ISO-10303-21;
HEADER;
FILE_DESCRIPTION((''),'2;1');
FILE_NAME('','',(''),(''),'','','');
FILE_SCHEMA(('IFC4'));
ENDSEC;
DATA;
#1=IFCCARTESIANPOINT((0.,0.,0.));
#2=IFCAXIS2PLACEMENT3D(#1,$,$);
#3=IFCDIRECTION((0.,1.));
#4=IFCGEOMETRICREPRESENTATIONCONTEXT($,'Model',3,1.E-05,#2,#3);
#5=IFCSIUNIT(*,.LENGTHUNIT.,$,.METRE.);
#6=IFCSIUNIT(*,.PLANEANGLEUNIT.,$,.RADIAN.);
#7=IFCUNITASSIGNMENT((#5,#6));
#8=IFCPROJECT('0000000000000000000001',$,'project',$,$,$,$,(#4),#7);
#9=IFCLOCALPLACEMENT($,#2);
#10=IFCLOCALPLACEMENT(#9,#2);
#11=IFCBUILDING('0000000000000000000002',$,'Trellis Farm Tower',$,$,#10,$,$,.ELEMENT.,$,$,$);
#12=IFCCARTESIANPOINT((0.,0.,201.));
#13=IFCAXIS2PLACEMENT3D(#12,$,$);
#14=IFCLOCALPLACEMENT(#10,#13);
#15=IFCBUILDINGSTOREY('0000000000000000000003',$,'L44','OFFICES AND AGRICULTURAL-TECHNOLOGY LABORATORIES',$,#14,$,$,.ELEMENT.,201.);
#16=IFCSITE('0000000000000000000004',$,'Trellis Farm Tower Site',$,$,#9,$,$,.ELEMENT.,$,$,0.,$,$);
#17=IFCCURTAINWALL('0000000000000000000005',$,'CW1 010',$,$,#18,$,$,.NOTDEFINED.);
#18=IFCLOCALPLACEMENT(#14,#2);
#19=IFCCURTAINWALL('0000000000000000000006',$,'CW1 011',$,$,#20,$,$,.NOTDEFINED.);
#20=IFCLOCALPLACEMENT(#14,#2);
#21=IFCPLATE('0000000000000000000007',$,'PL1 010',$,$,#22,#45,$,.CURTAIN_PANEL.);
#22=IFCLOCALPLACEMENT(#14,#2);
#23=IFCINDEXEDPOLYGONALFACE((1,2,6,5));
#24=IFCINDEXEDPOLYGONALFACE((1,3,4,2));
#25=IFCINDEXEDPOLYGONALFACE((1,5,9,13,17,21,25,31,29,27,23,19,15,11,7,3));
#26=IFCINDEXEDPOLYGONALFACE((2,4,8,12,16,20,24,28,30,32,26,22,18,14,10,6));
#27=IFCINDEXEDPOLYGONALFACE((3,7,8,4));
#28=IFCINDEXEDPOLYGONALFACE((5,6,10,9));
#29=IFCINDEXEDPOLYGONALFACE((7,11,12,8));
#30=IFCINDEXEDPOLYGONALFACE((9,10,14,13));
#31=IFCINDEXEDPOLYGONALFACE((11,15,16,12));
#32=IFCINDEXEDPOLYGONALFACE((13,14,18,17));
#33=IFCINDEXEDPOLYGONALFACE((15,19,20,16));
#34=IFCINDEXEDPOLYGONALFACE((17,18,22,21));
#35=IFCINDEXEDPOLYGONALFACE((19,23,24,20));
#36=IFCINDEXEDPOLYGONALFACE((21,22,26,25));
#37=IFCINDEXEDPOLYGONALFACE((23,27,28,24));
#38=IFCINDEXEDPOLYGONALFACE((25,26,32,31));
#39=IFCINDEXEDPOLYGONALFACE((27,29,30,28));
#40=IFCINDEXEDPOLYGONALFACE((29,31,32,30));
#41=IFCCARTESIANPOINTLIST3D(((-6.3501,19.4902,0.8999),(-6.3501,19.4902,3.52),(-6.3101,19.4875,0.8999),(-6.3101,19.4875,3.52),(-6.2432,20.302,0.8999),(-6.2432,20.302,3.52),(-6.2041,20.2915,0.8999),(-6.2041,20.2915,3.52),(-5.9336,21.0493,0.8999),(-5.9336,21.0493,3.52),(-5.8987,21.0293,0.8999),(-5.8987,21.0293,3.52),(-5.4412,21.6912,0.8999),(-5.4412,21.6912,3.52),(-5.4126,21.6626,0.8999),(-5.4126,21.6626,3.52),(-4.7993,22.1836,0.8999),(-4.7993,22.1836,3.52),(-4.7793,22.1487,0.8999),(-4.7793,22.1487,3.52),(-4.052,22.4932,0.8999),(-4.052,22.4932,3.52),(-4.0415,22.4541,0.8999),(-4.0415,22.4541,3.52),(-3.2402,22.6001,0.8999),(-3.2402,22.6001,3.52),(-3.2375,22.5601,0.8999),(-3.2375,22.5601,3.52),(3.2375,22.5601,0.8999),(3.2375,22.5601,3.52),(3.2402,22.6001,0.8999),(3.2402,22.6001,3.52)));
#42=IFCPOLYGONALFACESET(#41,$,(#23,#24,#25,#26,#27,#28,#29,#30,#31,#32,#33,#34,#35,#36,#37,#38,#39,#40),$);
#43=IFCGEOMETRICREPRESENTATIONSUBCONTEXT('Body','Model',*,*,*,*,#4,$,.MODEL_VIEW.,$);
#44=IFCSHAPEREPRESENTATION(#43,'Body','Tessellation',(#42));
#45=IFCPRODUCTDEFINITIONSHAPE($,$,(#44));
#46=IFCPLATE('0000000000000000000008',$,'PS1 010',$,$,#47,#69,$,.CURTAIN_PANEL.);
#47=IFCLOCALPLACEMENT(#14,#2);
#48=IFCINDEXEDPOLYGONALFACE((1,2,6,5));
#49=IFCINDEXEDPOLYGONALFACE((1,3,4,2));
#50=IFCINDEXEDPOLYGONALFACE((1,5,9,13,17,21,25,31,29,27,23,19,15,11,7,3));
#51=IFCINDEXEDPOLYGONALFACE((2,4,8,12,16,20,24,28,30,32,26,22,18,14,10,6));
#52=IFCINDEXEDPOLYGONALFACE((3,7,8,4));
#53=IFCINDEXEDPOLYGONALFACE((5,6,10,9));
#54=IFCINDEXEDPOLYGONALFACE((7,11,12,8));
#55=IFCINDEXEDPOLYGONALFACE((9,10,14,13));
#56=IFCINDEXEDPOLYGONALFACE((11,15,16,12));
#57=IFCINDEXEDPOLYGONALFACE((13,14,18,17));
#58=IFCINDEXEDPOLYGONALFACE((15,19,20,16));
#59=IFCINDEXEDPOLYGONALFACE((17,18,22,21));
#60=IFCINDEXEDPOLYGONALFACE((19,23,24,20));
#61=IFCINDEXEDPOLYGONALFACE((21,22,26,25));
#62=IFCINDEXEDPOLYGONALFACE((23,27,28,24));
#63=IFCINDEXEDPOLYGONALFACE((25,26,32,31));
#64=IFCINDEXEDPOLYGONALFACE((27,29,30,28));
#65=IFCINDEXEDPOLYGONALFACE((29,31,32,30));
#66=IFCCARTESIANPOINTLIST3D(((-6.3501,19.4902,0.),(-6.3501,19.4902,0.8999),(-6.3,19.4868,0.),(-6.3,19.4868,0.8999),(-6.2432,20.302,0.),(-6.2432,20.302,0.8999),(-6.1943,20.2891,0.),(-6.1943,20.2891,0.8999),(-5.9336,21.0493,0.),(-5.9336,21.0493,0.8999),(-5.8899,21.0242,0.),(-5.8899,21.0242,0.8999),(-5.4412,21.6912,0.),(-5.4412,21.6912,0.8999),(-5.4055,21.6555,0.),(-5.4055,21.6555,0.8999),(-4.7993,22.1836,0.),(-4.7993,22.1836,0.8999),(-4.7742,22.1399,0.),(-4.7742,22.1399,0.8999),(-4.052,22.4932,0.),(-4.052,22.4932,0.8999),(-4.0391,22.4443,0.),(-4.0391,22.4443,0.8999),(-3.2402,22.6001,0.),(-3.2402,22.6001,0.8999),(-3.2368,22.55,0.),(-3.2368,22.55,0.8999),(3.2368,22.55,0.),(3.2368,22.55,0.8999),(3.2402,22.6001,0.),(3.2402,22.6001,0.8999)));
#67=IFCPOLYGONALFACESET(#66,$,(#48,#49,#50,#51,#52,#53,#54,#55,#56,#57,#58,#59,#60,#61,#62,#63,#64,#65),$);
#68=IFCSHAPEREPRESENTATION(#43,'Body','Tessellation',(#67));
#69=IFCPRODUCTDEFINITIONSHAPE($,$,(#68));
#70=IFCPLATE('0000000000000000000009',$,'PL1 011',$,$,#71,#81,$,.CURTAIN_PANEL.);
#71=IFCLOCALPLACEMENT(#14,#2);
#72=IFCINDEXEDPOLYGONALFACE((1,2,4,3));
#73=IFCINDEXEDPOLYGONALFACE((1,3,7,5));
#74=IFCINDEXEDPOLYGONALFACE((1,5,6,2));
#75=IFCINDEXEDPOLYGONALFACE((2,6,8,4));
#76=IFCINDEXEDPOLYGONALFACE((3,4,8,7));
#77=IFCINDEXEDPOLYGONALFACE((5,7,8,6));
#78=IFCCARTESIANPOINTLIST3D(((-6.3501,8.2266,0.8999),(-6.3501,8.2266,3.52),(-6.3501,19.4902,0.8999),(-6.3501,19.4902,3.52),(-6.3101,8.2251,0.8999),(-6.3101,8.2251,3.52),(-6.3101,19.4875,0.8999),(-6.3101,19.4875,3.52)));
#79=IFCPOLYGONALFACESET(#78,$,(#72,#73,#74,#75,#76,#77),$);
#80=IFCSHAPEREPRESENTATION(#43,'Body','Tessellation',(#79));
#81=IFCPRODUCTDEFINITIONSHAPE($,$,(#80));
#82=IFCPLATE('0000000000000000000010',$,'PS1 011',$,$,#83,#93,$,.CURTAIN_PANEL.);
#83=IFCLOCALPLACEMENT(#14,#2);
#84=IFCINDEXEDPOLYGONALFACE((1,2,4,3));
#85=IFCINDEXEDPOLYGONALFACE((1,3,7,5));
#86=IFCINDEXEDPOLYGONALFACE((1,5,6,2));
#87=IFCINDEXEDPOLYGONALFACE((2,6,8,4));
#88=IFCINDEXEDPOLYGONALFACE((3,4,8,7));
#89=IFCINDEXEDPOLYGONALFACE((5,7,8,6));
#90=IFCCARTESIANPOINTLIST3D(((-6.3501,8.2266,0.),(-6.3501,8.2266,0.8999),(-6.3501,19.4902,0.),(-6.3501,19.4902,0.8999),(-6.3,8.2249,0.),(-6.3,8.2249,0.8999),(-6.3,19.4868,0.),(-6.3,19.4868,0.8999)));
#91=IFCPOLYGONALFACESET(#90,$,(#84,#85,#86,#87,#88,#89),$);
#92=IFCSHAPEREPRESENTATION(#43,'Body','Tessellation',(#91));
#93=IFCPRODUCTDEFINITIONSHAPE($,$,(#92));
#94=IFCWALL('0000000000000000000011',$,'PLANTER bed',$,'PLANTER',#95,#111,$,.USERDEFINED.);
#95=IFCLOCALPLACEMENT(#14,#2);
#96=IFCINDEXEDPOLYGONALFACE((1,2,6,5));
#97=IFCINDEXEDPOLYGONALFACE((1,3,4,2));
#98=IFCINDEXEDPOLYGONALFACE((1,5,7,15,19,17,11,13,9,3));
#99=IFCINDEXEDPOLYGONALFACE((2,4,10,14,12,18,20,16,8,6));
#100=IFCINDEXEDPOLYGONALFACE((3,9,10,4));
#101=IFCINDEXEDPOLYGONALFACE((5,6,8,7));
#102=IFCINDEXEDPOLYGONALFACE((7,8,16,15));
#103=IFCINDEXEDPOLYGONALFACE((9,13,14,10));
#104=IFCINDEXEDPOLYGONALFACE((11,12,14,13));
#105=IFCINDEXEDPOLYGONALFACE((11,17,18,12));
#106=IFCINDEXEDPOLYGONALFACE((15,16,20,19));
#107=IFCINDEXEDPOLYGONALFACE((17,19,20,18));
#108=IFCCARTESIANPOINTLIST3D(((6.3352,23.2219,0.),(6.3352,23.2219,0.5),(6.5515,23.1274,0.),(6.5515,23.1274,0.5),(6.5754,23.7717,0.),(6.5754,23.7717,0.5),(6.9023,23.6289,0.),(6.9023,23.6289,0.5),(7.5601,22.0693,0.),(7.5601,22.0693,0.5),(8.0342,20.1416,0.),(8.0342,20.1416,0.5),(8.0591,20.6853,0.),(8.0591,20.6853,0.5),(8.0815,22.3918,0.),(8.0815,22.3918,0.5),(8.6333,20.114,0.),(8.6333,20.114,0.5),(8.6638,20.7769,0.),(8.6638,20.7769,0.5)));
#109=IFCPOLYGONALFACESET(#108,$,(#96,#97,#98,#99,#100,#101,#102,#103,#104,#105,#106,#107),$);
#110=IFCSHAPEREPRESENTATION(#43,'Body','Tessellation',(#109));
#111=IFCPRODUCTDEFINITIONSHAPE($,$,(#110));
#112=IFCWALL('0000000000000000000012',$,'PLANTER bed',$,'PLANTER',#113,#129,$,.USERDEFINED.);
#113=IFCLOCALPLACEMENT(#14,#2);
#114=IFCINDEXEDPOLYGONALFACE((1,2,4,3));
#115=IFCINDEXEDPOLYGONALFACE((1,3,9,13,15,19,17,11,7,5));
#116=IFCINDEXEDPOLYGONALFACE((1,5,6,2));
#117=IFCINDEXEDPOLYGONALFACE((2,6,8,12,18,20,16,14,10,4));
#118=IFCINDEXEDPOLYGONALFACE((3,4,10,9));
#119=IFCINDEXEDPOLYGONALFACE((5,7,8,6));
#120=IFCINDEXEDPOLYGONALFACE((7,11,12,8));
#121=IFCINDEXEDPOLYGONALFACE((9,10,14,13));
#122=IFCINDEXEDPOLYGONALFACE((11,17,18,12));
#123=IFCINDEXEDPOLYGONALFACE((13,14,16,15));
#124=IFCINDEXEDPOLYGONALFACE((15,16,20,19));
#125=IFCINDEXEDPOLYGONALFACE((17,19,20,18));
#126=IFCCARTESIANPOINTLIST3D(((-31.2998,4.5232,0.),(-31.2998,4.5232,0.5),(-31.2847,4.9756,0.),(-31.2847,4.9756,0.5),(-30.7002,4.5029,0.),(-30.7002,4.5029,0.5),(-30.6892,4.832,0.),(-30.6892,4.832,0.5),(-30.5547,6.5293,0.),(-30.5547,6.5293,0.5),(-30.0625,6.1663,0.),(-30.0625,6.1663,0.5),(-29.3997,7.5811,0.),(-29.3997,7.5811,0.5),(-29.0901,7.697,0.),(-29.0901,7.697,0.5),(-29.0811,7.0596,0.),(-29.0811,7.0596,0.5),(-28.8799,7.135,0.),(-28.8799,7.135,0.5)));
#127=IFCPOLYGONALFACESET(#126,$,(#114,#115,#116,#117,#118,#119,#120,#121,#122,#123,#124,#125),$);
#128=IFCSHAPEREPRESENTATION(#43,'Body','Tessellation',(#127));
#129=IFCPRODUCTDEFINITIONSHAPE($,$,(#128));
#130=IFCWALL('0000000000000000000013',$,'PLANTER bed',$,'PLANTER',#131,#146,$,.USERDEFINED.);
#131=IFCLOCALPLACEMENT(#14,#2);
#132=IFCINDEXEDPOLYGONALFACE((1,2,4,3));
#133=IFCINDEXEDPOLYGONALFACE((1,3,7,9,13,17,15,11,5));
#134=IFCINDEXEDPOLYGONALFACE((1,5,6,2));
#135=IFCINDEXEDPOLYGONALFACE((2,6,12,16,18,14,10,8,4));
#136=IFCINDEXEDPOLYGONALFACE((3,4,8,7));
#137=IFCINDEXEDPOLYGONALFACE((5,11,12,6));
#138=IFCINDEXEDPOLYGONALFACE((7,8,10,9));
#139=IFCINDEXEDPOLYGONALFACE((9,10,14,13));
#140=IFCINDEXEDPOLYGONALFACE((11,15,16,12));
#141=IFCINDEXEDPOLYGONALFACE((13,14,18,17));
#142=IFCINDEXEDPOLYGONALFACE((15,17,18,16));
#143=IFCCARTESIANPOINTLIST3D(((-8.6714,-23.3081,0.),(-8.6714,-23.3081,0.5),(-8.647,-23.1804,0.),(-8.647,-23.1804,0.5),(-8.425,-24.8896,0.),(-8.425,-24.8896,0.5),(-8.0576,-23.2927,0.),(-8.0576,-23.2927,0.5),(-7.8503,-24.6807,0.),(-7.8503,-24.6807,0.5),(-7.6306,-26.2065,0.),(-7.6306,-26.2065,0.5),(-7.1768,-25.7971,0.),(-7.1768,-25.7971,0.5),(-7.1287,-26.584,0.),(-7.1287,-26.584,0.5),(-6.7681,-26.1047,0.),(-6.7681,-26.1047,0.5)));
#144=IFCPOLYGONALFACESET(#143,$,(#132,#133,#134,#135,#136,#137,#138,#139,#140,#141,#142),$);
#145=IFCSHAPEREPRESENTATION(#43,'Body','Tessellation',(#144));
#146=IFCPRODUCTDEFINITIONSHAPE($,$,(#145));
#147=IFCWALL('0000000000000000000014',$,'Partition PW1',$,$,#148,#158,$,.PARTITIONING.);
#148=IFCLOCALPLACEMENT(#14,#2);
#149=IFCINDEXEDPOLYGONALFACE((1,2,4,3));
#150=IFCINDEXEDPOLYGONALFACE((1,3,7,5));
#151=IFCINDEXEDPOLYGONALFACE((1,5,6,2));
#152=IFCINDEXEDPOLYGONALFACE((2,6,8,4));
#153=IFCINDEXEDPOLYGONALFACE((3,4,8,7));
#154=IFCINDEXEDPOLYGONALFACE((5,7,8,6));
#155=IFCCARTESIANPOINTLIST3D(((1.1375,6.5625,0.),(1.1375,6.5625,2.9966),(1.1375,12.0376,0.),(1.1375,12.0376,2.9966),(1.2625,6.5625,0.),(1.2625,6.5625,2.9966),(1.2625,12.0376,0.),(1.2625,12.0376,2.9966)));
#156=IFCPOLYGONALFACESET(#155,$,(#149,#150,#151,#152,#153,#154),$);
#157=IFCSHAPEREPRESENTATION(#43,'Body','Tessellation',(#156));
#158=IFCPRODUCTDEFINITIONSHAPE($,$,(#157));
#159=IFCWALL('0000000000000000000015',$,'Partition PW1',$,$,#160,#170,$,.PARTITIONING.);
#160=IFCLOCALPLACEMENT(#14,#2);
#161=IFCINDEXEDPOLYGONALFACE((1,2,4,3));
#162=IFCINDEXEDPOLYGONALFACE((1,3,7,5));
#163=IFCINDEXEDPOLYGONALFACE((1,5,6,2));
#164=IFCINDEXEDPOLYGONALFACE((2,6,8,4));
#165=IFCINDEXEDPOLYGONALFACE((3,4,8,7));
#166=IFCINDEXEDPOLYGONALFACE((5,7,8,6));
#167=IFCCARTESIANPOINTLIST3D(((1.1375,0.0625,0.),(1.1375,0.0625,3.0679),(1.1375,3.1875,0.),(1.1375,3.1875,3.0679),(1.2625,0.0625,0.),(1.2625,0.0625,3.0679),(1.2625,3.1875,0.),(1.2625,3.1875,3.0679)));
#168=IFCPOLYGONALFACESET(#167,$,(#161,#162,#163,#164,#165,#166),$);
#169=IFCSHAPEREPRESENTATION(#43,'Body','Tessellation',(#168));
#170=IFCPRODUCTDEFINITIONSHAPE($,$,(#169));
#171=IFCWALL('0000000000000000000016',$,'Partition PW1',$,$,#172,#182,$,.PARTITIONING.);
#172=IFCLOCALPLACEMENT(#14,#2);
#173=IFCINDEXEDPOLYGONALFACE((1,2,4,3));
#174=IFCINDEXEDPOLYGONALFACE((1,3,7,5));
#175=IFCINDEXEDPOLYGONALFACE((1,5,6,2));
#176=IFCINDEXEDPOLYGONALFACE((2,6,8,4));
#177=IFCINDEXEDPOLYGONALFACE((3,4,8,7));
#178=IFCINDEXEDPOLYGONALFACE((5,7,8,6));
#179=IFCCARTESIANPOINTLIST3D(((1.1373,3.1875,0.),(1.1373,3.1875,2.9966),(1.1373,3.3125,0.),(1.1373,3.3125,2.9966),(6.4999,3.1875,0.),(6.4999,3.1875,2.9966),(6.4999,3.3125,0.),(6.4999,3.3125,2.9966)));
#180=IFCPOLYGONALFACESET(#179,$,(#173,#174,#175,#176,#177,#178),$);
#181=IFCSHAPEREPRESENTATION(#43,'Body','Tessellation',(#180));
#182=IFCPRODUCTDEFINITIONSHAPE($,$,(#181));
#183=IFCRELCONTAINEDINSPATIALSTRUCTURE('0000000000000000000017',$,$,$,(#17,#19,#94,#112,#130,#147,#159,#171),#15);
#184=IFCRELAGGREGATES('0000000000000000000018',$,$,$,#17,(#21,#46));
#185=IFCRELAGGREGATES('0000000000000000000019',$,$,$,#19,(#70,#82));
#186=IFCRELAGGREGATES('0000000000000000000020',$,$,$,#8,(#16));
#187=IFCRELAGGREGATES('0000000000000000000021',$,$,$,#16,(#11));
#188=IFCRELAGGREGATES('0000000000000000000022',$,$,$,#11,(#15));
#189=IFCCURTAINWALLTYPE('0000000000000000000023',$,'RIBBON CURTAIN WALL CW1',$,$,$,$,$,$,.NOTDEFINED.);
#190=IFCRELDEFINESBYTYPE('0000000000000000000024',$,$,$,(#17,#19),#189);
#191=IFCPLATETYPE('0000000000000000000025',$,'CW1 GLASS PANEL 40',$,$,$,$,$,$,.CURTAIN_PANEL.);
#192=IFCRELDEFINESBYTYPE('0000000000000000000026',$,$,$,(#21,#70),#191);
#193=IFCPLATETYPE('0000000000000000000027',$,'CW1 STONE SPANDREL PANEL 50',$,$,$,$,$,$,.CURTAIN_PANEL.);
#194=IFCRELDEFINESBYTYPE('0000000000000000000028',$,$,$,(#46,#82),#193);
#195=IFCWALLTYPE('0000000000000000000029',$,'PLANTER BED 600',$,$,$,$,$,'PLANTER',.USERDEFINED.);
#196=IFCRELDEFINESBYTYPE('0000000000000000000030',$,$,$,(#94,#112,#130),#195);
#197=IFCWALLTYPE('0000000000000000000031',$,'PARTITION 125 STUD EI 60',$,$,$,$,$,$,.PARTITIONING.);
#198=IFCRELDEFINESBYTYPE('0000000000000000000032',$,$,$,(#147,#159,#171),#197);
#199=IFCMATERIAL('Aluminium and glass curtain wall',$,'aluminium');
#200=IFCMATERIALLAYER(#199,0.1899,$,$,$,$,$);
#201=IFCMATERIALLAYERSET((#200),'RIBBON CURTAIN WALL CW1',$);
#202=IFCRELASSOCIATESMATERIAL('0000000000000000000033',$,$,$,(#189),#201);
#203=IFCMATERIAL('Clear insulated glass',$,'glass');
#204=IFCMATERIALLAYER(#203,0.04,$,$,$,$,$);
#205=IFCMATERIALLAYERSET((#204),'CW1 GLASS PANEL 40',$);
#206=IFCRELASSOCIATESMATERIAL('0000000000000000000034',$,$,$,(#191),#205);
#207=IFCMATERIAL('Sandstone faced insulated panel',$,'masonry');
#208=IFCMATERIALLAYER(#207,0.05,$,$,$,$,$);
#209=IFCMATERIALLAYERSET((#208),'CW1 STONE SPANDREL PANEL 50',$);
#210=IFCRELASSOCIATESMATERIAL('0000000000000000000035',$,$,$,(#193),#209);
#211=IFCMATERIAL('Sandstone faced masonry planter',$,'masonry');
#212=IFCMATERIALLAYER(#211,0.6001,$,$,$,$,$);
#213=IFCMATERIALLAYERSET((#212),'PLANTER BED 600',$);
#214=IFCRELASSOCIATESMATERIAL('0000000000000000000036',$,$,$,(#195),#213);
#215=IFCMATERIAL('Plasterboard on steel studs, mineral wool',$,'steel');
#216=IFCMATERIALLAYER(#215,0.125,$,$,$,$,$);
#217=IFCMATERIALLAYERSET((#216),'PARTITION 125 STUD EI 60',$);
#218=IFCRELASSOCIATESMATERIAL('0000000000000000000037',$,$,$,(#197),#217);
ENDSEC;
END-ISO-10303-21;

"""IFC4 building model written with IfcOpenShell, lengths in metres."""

from ifc_helpers import new_model, si_unit, direction, frame, frame_2d, origin, place, context, subcontext, project, spatial, polyline, rectangle, outline, extrude, source, transform, mapped, material, layer, layer_set, type_object, element, aggregate, save


model = new_model("IFC4")

# Units and contexts
model_context = context("Model", 3, precision=1e-05, world=origin(), true_north=direction((0.0, 1.0)))
body_context = subcontext(model_context, "Body", "Model", "MODEL_VIEW")
ifc_project = project(units=[si_unit("LENGTHUNIT", "METRE"), si_unit("PLANEANGLEUNIT", "RADIAN")], contexts=[model_context])

# Site, building, storey
site_placement = place(None, origin())
site = spatial("IfcSite", under=ifc_project, at=site_placement, Name="Trellis Farm Tower Site", CompositionType="ELEMENT", RefElevation=0.0)
building_placement = place(site_placement, origin())
building = spatial("IfcBuilding", under=site, at=building_placement, Name="Trellis Farm Tower", CompositionType="ELEMENT")
storey_placement = place(building_placement, frame((0.0, 0.0, 201.0)))
storey = spatial("IfcBuildingStorey", under=building, at=storey_placement, Name="L44", Description="OFFICES AND AGRICULTURAL-TECHNOLOGY LABORATORIES", CompositionType="ELEMENT", Elevation=201.0)

# Curtain wall
ifc_material_1 = material(Name="Aluminium and glass curtain wall", Category="aluminium")
placement_1 = place(storey_placement, origin())
ifc_layer_1 = layer(ifc_material_1, 0.1899)
ifc_layer_set_1 = layer_set([ifc_layer_1], Name="RIBBON CURTAIN WALL CW1")
curtain_wall_type_1 = type_object("IfcCurtainWallType", Name="RIBBON CURTAIN WALL CW1", PredefinedType="NOTDEFINED", material=ifc_layer_set_1)
curtain_wall_1 = element("IfcCurtainWall", 1, at=placement_1, inside=storey, type_object=curtain_wall_type_1, Name="CW1 010", PredefinedType="NOTDEFINED")

# Curtain wall
curtain_wall_2 = element("IfcCurtainWall", 2, at=placement_1, inside=storey, type_object=curtain_wall_type_1, Name="CW1 011", PredefinedType="NOTDEFINED")

# Plates
ifc_material_2 = material(Name="Clear insulated glass", Category="glass")
ifc_layer_2 = layer(ifc_material_2, 0.04)
ifc_layer_set_2 = layer_set([ifc_layer_2], Name="CW1 GLASS PANEL 40")
plate_type_1 = type_object("IfcPlateType", Name="CW1 GLASS PANEL 40", PredefinedType="CURTAIN_PANEL", material=ifc_layer_set_2)
placement_2 = place(storey_placement, frame((0.0, 0.0, 0.8999)))
ifc_material_3 = material(Name="Sandstone faced insulated panel", Category="masonry")
ifc_layer_3 = layer(ifc_material_3, 0.05)
ifc_layer_set_3 = layer_set([ifc_layer_3], Name="CW1 STONE SPANDREL PANEL 50")
plate_type_2 = type_object("IfcPlateType", Name="CW1 STONE SPANDREL PANEL 50", PredefinedType="CURTAIN_PANEL", material=ifc_layer_set_3)
shared_shape_1 = source(origin(), body_context, "Body", "SweptSolid", [
    extrude(outline(polyline([(3.2402, 22.6001), (-3.2402, 22.6001), (-4.052, 22.4932), (-4.7993, 22.1836), (-5.4412, 21.6912), (-5.9336, 21.0493), (-6.2432, 20.302), (-6.3501, 19.4902), (-6.3101, 19.4875), (-6.2041, 20.2915), (-5.8987, 21.0293), (-5.4126, 21.6626), (-4.7793, 22.1487), (-4.0415, 22.4541), (-3.2375, 22.5601), (3.2375, 22.5601), (3.2402, 22.6001)])), origin(), (0.0, 0.0, 1.0), 2.6201),
])
plate_1 = element("IfcPlate", 3, at=placement_2, type_object=plate_type_1, Name="PL1 010", PredefinedType="CURTAIN_PANEL", context=body_context, shape_type="MappedRepresentation", body=[
    mapped(shared_shape_1, transform((0.0, 0.0, 0.0))),
])
shared_shape_2 = source(origin(), body_context, "Body", "SweptSolid", [
    extrude(outline(polyline([(3.2402, 22.6001), (-3.2402, 22.6001), (-4.052, 22.4932), (-4.7993, 22.1836), (-5.4412, 21.6912), (-5.9336, 21.0493), (-6.2432, 20.302), (-6.3501, 19.4902), (-6.3, 19.4868), (-6.1943, 20.2891), (-5.8899, 21.0242), (-5.4055, 21.6555), (-4.7742, 22.1399), (-4.0391, 22.4443), (-3.2368, 22.55), (3.2368, 22.55), (3.2402, 22.6001)])), origin(), (0.0, 0.0, 1.0), 0.8999),
])
plate_2 = element("IfcPlate", 4, at=placement_1, type_object=plate_type_2, Name="PS1 010", PredefinedType="CURTAIN_PANEL", context=body_context, shape_type="MappedRepresentation", body=[
    mapped(shared_shape_2, transform((0.0, 0.0, 0.0))),
])
aggregate(curtain_wall_1, [plate_1, plate_2])
shared_shape_3 = source(origin(), body_context, "Body", "SweptSolid", [
    extrude(outline(polyline([(-6.3501, 19.4902), (-6.3501, 8.2266), (-6.3101, 8.2251), (-6.3101, 19.4875), (-6.3501, 19.4902)])), origin(), (0.0, 0.0, 1.0), 2.6201),
])
plate_3 = element("IfcPlate", 5, at=placement_2, type_object=plate_type_1, Name="PL1 011", PredefinedType="CURTAIN_PANEL", context=body_context, shape_type="MappedRepresentation", body=[
    mapped(shared_shape_3, transform((0.0, 0.0, 0.0))),
])
shared_shape_4 = source(origin(), body_context, "Body", "SweptSolid", [
    extrude(outline(polyline([(-6.3501, 19.4902), (-6.3501, 8.2266), (-6.3, 8.2249), (-6.3, 19.4868), (-6.3501, 19.4902)])), origin(), (0.0, 0.0, 1.0), 0.8999),
])
plate_4 = element("IfcPlate", 6, at=placement_1, type_object=plate_type_2, Name="PS1 011", PredefinedType="CURTAIN_PANEL", context=body_context, shape_type="MappedRepresentation", body=[
    mapped(shared_shape_4, transform((0.0, 0.0, 0.0))),
])
aggregate(curtain_wall_2, [plate_3, plate_4])

# Walls
ifc_material_4 = material(Name="Sandstone faced masonry planter", Category="masonry")
ifc_layer_4 = layer(ifc_material_4, 0.6001)
ifc_layer_set_4 = layer_set([ifc_layer_4], Name="PLANTER BED 600")
wall_type_1 = type_object("IfcWallType", Name="PLANTER BED 600", ElementType="PLANTER", PredefinedType="USERDEFINED", material=ifc_layer_set_4)
element("IfcWall", 7, at=placement_1, inside=storey, type_object=wall_type_1, Name="PLANTER bed", ObjectType="PLANTER", PredefinedType="USERDEFINED", context=body_context, shape_type="SweptSolid", body=[
    extrude(outline(polyline([(6.9023, 23.6289), (8.0815, 22.3918), (8.6638, 20.7769), (8.6333, 20.114), (8.0342, 20.1416), (8.0591, 20.6853), (7.5601, 22.0693), (6.5515, 23.1274), (6.3352, 23.2219), (6.5754, 23.7717), (6.9023, 23.6289)])), origin(), (0.0, 0.0, 1.0), 0.5),
])
element("IfcWall", 8, at=placement_1, inside=storey, type_object=wall_type_1, Name="PLANTER bed", ObjectType="PLANTER", PredefinedType="USERDEFINED", context=body_context, shape_type="SweptSolid", body=[
    extrude(outline(polyline([(-30.5547, 6.5293), (-29.3997, 7.5811), (-29.0901, 7.697), (-28.8799, 7.135), (-29.0811, 7.0596), (-30.0625, 6.1663), (-30.6892, 4.832), (-30.7002, 4.5029), (-31.2998, 4.5232), (-31.2847, 4.9756), (-30.5547, 6.5293)])), origin(), (0.0, 0.0, 1.0), 0.5),
])
element("IfcWall", 9, at=placement_1, inside=storey, type_object=wall_type_1, Name="PLANTER bed", ObjectType="PLANTER", PredefinedType="USERDEFINED", context=body_context, shape_type="SweptSolid", body=[
    extrude(outline(polyline([(-8.425, -24.8896), (-8.6714, -23.3081), (-8.647, -23.1804), (-8.0576, -23.2927), (-7.8503, -24.6807), (-7.1768, -25.7971), (-6.7681, -26.1047), (-7.1287, -26.584), (-7.6306, -26.2065), (-8.425, -24.8896)])), origin(), (0.0, 0.0, 1.0), 0.5),
])
ifc_material_5 = material(Name="Plasterboard on steel studs, mineral wool", Category="steel")
ifc_layer_5 = layer(ifc_material_5, 0.125)
ifc_layer_set_5 = layer_set([ifc_layer_5], Name="PARTITION 125 STUD EI 60")
wall_type_2 = type_object("IfcWallType", Name="PARTITION 125 STUD EI 60", PredefinedType="PARTITIONING", material=ifc_layer_set_5)
shared_shape_5 = source(origin(), body_context, "Body", "SweptSolid", [
    extrude(rectangle(XDim=5.4751, YDim=0.125, at=frame_2d((2.7375, 0.0))), origin(), (0.0, 0.0, 1.0), 2.9966),
])
wall_1_placement = place(storey_placement, frame((1.2, 12.0376, 0.0), z_axis=(0.0, 0.0, 1.0), x_axis=(0.0, -1.0, 0.0)))
element("IfcWall", 10, at=wall_1_placement, inside=storey, type_object=wall_type_2, Name="Partition PW1", PredefinedType="PARTITIONING", context=body_context, shape_type="MappedRepresentation", body=[
    mapped(shared_shape_5, transform((0.0, 0.0, 0.0))),
])
shared_shape_6 = source(origin(), body_context, "Body", "SweptSolid", [
    extrude(rectangle(XDim=3.125, YDim=0.125, at=frame_2d((1.5625, 0.0))), origin(), (0.0, 0.0, 1.0), 3.0679),
])
wall_2_placement = place(storey_placement, frame((1.2, 3.1875, 0.0), z_axis=(0.0, 0.0, 1.0), x_axis=(0.0, -1.0, 0.0)))
element("IfcWall", 11, at=wall_2_placement, inside=storey, type_object=wall_type_2, Name="Partition PW1", PredefinedType="PARTITIONING", context=body_context, shape_type="MappedRepresentation", body=[
    mapped(shared_shape_6, transform((0.0, 0.0, 0.0))),
])
shared_shape_7 = source(origin(), body_context, "Body", "SweptSolid", [
    extrude(rectangle(XDim=5.3625, YDim=0.125, at=frame_2d((2.6812, 0.0))), origin(), (0.0, 0.0, 1.0), 2.9966),
])
wall_3_placement = place(storey_placement, frame((1.1375, 3.25, 0.0), z_axis=(0.0, 0.0, 1.0), x_axis=(1.0, 0.0, 0.0)))
element("IfcWall", 12, at=wall_3_placement, inside=storey, type_object=wall_type_2, Name="Partition PW1", PredefinedType="PARTITIONING", context=body_context, shape_type="MappedRepresentation", body=[
    mapped(shared_shape_7, transform((0.0, 0.0, 0.0))),
])

save(model, "model.ifc")
